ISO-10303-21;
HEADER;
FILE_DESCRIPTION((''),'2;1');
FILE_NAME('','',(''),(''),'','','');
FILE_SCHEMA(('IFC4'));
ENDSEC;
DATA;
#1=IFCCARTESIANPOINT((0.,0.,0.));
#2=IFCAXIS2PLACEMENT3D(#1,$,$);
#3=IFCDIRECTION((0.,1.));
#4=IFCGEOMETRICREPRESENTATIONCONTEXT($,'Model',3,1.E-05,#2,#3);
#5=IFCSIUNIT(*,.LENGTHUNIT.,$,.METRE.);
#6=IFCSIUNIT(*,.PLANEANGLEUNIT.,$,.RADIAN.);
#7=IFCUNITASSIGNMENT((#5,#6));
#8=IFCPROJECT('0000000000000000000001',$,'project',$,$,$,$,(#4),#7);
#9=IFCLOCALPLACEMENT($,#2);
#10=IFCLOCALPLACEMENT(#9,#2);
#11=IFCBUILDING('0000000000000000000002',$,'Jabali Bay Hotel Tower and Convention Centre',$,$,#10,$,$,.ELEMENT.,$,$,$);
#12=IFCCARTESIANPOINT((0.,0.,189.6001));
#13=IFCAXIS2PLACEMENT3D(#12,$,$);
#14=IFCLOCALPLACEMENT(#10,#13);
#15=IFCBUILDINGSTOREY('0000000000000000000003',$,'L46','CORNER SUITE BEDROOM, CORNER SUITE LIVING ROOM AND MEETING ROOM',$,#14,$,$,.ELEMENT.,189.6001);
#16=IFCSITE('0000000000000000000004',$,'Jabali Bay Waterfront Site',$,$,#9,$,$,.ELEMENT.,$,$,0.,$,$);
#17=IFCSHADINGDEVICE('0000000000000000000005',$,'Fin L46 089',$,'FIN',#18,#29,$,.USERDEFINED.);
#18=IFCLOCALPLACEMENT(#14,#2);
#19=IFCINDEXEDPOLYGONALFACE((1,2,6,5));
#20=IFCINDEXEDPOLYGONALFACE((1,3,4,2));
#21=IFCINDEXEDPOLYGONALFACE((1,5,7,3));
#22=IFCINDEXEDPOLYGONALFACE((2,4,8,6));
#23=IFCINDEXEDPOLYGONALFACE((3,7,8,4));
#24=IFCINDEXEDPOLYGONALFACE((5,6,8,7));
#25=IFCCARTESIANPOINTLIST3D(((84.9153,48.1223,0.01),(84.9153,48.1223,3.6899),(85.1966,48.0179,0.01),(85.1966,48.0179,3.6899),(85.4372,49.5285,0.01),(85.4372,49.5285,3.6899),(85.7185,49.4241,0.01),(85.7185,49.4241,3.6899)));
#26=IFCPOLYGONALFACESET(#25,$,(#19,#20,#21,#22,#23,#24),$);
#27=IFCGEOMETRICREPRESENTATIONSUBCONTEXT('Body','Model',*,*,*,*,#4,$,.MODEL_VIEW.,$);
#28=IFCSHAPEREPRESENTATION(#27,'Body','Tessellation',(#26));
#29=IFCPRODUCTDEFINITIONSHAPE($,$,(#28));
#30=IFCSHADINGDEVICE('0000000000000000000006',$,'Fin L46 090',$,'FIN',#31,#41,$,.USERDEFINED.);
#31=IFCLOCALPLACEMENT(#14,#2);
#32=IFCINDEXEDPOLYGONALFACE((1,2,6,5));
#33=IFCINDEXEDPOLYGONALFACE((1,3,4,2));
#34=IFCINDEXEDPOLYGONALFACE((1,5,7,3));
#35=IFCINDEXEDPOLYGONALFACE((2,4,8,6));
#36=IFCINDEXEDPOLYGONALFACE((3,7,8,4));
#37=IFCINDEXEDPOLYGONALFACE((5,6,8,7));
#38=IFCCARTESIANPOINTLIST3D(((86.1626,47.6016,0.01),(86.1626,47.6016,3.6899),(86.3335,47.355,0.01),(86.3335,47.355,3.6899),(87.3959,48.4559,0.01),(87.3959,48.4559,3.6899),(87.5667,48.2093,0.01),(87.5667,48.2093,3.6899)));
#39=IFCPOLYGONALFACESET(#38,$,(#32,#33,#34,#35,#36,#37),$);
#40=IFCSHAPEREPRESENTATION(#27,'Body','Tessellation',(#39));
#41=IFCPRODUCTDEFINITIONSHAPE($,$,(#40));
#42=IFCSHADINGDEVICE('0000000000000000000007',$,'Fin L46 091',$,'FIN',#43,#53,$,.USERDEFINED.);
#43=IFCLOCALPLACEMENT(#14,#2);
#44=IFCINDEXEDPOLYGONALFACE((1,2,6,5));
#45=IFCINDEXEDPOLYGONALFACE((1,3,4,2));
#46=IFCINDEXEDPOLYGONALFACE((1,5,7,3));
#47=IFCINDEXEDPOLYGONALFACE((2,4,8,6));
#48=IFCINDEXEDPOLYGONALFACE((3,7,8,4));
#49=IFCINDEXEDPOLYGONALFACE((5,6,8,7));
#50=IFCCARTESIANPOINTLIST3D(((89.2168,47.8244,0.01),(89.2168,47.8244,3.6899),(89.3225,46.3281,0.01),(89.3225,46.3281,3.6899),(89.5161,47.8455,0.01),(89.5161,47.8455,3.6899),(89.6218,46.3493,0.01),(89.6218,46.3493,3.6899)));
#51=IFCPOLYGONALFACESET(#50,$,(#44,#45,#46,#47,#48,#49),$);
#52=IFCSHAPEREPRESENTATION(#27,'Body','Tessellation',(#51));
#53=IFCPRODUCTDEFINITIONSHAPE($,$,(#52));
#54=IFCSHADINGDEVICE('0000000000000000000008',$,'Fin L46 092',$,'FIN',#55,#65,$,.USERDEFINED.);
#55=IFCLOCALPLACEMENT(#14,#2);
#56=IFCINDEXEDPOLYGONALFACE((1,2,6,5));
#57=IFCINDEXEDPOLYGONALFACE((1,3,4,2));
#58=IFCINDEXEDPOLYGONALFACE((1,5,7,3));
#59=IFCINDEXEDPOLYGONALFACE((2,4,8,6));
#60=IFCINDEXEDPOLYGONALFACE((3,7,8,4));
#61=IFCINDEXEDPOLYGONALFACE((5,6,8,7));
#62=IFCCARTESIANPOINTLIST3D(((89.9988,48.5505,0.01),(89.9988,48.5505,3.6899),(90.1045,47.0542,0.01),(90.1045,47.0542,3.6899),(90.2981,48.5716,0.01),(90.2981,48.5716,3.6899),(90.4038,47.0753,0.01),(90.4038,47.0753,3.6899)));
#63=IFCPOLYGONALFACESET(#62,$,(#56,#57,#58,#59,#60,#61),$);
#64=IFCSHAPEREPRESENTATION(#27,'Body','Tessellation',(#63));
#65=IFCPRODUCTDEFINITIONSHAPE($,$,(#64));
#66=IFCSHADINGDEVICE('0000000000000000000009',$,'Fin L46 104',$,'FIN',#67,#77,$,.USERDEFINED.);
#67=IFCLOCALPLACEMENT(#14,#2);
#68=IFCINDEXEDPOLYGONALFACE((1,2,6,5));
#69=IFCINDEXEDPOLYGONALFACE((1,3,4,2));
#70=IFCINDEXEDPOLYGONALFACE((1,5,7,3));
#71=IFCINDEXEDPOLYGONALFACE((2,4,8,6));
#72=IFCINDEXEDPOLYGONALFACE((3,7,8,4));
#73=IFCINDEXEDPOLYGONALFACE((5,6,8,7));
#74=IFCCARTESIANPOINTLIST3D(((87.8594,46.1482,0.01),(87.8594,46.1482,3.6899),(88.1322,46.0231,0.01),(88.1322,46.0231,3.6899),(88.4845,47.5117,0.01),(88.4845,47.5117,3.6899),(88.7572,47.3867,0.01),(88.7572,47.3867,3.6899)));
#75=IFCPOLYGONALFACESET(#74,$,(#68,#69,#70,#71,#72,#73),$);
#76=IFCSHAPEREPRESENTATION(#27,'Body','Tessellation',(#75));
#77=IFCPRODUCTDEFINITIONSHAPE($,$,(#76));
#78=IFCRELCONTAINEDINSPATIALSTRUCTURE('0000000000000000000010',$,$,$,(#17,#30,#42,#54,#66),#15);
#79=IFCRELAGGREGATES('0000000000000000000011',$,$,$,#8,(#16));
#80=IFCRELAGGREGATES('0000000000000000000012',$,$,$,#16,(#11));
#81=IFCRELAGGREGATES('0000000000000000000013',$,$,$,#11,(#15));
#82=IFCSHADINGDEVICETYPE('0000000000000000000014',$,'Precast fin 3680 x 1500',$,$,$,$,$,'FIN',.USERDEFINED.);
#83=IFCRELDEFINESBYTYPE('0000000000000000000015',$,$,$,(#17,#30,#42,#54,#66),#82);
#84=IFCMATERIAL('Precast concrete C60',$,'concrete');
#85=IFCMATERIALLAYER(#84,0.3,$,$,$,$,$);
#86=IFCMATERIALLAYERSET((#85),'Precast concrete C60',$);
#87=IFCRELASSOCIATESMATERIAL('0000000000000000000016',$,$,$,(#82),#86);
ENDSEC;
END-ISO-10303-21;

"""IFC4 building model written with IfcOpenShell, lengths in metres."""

from ifc_helpers import new_model, si_unit, direction, frame, frame_2d, origin, place, context, subcontext, project, spatial, rectangle, extrude, material, layer, layer_set, type_object, element, save


model = new_model("IFC4")

# Units and contexts
model_context = context("Model", 3, precision=1e-05, world=origin(), true_north=direction((0.0, 1.0)))
body_context = subcontext(model_context, "Body", "Model", "MODEL_VIEW")
ifc_project = project(units=[si_unit("LENGTHUNIT", "METRE"), si_unit("PLANEANGLEUNIT", "RADIAN")], contexts=[model_context])

# Site, building, storey
site_placement = place(None, origin())
site = spatial("IfcSite", under=ifc_project, at=site_placement, Name="Jabali Bay Waterfront Site", CompositionType="ELEMENT", RefElevation=0.0)
building_placement = place(site_placement, origin())
building = spatial("IfcBuilding", under=site, at=building_placement, Name="Jabali Bay Hotel Tower and Convention Centre", CompositionType="ELEMENT")
storey_placement = place(building_placement, frame((0.0, 0.0, 189.6001)))
storey = spatial("IfcBuildingStorey", under=building, at=storey_placement, Name="L46", Description="CORNER SUITE BEDROOM, CORNER SUITE LIVING ROOM AND MEETING ROOM", CompositionType="ELEMENT", Elevation=189.6001)

# Shading devices
ifc_material_1 = material(Name="Precast concrete C60", Category="concrete")
ifc_layer_1 = layer(ifc_material_1, 0.3)
ifc_layer_set_1 = layer_set([ifc_layer_1], Name="Precast concrete C60")
shading_device_type = type_object("IfcShadingDeviceType", Name="Precast fin 3680 x 1500", ElementType="FIN", PredefinedType="USERDEFINED", material=ifc_layer_set_1)
for number, where, z_axis, x_axis, name in (
    (1, (85.5779, 49.4763, 0.01), (0.0, 0.0, 1.0), (-0.347982, -0.937501, 0.0), "Fin L46 089"),
):
    element("IfcShadingDevice", number, at=place(storey_placement, frame(where, z_axis=z_axis, x_axis=x_axis)), inside=storey, type_object=shading_device_type, Name=name, ObjectType="FIN", PredefinedType="USERDEFINED", context=body_context, shape_type="SweptSolid", body=[
        extrude(rectangle(XDim=1.5, YDim=0.3, at=frame_2d((0.75, 0.0))), origin(), (0.0, 0.0, 1.0), 3.6799),
    ])
shading_device_placement = place(storey_placement, frame((87.4812, 48.3325, 0.01), z_axis=(0.0, 0.0, 1.0), x_axis=(-0.822028, -0.569447, 0.0)))
element("IfcShadingDevice", 2, at=shading_device_placement, inside=storey, type_object=shading_device_type, Name="Fin L46 090", ObjectType="FIN", PredefinedType="USERDEFINED", context=body_context, shape_type="SweptSolid", body=[
    extrude(rectangle(XDim=1.5002, YDim=0.3, at=frame_2d((0.75, 0.0))), origin(), (0.0, 0.0, 1.0), 3.6799),
])
for number, where, z_axis, x_axis, name in (
    (3, (89.3665, 47.835, 0.01), (0.0, 0.0, 1.0), (0.070472, -0.997514, 0.0), "Fin L46 091"),
    (4, (90.1484, 48.561, 0.01), (0.0, 0.0, 1.0), (0.070472, -0.997514, 0.0), "Fin L46 092"),
    (5, (88.6208, 47.4492, 0.01), (0.0, 0.0, 1.0), (-0.416683, -0.909052, 0.0), "Fin L46 104"),
):
    element("IfcShadingDevice", number, at=place(storey_placement, frame(where, z_axis=z_axis, x_axis=x_axis)), inside=storey, type_object=shading_device_type, Name=name, ObjectType="FIN", PredefinedType="USERDEFINED", context=body_context, shape_type="SweptSolid", body=[
        extrude(rectangle(XDim=1.5, YDim=0.3, at=frame_2d((0.75, 0.0))), origin(), (0.0, 0.0, 1.0), 3.6799),
    ])

save(model, "model.ifc")
